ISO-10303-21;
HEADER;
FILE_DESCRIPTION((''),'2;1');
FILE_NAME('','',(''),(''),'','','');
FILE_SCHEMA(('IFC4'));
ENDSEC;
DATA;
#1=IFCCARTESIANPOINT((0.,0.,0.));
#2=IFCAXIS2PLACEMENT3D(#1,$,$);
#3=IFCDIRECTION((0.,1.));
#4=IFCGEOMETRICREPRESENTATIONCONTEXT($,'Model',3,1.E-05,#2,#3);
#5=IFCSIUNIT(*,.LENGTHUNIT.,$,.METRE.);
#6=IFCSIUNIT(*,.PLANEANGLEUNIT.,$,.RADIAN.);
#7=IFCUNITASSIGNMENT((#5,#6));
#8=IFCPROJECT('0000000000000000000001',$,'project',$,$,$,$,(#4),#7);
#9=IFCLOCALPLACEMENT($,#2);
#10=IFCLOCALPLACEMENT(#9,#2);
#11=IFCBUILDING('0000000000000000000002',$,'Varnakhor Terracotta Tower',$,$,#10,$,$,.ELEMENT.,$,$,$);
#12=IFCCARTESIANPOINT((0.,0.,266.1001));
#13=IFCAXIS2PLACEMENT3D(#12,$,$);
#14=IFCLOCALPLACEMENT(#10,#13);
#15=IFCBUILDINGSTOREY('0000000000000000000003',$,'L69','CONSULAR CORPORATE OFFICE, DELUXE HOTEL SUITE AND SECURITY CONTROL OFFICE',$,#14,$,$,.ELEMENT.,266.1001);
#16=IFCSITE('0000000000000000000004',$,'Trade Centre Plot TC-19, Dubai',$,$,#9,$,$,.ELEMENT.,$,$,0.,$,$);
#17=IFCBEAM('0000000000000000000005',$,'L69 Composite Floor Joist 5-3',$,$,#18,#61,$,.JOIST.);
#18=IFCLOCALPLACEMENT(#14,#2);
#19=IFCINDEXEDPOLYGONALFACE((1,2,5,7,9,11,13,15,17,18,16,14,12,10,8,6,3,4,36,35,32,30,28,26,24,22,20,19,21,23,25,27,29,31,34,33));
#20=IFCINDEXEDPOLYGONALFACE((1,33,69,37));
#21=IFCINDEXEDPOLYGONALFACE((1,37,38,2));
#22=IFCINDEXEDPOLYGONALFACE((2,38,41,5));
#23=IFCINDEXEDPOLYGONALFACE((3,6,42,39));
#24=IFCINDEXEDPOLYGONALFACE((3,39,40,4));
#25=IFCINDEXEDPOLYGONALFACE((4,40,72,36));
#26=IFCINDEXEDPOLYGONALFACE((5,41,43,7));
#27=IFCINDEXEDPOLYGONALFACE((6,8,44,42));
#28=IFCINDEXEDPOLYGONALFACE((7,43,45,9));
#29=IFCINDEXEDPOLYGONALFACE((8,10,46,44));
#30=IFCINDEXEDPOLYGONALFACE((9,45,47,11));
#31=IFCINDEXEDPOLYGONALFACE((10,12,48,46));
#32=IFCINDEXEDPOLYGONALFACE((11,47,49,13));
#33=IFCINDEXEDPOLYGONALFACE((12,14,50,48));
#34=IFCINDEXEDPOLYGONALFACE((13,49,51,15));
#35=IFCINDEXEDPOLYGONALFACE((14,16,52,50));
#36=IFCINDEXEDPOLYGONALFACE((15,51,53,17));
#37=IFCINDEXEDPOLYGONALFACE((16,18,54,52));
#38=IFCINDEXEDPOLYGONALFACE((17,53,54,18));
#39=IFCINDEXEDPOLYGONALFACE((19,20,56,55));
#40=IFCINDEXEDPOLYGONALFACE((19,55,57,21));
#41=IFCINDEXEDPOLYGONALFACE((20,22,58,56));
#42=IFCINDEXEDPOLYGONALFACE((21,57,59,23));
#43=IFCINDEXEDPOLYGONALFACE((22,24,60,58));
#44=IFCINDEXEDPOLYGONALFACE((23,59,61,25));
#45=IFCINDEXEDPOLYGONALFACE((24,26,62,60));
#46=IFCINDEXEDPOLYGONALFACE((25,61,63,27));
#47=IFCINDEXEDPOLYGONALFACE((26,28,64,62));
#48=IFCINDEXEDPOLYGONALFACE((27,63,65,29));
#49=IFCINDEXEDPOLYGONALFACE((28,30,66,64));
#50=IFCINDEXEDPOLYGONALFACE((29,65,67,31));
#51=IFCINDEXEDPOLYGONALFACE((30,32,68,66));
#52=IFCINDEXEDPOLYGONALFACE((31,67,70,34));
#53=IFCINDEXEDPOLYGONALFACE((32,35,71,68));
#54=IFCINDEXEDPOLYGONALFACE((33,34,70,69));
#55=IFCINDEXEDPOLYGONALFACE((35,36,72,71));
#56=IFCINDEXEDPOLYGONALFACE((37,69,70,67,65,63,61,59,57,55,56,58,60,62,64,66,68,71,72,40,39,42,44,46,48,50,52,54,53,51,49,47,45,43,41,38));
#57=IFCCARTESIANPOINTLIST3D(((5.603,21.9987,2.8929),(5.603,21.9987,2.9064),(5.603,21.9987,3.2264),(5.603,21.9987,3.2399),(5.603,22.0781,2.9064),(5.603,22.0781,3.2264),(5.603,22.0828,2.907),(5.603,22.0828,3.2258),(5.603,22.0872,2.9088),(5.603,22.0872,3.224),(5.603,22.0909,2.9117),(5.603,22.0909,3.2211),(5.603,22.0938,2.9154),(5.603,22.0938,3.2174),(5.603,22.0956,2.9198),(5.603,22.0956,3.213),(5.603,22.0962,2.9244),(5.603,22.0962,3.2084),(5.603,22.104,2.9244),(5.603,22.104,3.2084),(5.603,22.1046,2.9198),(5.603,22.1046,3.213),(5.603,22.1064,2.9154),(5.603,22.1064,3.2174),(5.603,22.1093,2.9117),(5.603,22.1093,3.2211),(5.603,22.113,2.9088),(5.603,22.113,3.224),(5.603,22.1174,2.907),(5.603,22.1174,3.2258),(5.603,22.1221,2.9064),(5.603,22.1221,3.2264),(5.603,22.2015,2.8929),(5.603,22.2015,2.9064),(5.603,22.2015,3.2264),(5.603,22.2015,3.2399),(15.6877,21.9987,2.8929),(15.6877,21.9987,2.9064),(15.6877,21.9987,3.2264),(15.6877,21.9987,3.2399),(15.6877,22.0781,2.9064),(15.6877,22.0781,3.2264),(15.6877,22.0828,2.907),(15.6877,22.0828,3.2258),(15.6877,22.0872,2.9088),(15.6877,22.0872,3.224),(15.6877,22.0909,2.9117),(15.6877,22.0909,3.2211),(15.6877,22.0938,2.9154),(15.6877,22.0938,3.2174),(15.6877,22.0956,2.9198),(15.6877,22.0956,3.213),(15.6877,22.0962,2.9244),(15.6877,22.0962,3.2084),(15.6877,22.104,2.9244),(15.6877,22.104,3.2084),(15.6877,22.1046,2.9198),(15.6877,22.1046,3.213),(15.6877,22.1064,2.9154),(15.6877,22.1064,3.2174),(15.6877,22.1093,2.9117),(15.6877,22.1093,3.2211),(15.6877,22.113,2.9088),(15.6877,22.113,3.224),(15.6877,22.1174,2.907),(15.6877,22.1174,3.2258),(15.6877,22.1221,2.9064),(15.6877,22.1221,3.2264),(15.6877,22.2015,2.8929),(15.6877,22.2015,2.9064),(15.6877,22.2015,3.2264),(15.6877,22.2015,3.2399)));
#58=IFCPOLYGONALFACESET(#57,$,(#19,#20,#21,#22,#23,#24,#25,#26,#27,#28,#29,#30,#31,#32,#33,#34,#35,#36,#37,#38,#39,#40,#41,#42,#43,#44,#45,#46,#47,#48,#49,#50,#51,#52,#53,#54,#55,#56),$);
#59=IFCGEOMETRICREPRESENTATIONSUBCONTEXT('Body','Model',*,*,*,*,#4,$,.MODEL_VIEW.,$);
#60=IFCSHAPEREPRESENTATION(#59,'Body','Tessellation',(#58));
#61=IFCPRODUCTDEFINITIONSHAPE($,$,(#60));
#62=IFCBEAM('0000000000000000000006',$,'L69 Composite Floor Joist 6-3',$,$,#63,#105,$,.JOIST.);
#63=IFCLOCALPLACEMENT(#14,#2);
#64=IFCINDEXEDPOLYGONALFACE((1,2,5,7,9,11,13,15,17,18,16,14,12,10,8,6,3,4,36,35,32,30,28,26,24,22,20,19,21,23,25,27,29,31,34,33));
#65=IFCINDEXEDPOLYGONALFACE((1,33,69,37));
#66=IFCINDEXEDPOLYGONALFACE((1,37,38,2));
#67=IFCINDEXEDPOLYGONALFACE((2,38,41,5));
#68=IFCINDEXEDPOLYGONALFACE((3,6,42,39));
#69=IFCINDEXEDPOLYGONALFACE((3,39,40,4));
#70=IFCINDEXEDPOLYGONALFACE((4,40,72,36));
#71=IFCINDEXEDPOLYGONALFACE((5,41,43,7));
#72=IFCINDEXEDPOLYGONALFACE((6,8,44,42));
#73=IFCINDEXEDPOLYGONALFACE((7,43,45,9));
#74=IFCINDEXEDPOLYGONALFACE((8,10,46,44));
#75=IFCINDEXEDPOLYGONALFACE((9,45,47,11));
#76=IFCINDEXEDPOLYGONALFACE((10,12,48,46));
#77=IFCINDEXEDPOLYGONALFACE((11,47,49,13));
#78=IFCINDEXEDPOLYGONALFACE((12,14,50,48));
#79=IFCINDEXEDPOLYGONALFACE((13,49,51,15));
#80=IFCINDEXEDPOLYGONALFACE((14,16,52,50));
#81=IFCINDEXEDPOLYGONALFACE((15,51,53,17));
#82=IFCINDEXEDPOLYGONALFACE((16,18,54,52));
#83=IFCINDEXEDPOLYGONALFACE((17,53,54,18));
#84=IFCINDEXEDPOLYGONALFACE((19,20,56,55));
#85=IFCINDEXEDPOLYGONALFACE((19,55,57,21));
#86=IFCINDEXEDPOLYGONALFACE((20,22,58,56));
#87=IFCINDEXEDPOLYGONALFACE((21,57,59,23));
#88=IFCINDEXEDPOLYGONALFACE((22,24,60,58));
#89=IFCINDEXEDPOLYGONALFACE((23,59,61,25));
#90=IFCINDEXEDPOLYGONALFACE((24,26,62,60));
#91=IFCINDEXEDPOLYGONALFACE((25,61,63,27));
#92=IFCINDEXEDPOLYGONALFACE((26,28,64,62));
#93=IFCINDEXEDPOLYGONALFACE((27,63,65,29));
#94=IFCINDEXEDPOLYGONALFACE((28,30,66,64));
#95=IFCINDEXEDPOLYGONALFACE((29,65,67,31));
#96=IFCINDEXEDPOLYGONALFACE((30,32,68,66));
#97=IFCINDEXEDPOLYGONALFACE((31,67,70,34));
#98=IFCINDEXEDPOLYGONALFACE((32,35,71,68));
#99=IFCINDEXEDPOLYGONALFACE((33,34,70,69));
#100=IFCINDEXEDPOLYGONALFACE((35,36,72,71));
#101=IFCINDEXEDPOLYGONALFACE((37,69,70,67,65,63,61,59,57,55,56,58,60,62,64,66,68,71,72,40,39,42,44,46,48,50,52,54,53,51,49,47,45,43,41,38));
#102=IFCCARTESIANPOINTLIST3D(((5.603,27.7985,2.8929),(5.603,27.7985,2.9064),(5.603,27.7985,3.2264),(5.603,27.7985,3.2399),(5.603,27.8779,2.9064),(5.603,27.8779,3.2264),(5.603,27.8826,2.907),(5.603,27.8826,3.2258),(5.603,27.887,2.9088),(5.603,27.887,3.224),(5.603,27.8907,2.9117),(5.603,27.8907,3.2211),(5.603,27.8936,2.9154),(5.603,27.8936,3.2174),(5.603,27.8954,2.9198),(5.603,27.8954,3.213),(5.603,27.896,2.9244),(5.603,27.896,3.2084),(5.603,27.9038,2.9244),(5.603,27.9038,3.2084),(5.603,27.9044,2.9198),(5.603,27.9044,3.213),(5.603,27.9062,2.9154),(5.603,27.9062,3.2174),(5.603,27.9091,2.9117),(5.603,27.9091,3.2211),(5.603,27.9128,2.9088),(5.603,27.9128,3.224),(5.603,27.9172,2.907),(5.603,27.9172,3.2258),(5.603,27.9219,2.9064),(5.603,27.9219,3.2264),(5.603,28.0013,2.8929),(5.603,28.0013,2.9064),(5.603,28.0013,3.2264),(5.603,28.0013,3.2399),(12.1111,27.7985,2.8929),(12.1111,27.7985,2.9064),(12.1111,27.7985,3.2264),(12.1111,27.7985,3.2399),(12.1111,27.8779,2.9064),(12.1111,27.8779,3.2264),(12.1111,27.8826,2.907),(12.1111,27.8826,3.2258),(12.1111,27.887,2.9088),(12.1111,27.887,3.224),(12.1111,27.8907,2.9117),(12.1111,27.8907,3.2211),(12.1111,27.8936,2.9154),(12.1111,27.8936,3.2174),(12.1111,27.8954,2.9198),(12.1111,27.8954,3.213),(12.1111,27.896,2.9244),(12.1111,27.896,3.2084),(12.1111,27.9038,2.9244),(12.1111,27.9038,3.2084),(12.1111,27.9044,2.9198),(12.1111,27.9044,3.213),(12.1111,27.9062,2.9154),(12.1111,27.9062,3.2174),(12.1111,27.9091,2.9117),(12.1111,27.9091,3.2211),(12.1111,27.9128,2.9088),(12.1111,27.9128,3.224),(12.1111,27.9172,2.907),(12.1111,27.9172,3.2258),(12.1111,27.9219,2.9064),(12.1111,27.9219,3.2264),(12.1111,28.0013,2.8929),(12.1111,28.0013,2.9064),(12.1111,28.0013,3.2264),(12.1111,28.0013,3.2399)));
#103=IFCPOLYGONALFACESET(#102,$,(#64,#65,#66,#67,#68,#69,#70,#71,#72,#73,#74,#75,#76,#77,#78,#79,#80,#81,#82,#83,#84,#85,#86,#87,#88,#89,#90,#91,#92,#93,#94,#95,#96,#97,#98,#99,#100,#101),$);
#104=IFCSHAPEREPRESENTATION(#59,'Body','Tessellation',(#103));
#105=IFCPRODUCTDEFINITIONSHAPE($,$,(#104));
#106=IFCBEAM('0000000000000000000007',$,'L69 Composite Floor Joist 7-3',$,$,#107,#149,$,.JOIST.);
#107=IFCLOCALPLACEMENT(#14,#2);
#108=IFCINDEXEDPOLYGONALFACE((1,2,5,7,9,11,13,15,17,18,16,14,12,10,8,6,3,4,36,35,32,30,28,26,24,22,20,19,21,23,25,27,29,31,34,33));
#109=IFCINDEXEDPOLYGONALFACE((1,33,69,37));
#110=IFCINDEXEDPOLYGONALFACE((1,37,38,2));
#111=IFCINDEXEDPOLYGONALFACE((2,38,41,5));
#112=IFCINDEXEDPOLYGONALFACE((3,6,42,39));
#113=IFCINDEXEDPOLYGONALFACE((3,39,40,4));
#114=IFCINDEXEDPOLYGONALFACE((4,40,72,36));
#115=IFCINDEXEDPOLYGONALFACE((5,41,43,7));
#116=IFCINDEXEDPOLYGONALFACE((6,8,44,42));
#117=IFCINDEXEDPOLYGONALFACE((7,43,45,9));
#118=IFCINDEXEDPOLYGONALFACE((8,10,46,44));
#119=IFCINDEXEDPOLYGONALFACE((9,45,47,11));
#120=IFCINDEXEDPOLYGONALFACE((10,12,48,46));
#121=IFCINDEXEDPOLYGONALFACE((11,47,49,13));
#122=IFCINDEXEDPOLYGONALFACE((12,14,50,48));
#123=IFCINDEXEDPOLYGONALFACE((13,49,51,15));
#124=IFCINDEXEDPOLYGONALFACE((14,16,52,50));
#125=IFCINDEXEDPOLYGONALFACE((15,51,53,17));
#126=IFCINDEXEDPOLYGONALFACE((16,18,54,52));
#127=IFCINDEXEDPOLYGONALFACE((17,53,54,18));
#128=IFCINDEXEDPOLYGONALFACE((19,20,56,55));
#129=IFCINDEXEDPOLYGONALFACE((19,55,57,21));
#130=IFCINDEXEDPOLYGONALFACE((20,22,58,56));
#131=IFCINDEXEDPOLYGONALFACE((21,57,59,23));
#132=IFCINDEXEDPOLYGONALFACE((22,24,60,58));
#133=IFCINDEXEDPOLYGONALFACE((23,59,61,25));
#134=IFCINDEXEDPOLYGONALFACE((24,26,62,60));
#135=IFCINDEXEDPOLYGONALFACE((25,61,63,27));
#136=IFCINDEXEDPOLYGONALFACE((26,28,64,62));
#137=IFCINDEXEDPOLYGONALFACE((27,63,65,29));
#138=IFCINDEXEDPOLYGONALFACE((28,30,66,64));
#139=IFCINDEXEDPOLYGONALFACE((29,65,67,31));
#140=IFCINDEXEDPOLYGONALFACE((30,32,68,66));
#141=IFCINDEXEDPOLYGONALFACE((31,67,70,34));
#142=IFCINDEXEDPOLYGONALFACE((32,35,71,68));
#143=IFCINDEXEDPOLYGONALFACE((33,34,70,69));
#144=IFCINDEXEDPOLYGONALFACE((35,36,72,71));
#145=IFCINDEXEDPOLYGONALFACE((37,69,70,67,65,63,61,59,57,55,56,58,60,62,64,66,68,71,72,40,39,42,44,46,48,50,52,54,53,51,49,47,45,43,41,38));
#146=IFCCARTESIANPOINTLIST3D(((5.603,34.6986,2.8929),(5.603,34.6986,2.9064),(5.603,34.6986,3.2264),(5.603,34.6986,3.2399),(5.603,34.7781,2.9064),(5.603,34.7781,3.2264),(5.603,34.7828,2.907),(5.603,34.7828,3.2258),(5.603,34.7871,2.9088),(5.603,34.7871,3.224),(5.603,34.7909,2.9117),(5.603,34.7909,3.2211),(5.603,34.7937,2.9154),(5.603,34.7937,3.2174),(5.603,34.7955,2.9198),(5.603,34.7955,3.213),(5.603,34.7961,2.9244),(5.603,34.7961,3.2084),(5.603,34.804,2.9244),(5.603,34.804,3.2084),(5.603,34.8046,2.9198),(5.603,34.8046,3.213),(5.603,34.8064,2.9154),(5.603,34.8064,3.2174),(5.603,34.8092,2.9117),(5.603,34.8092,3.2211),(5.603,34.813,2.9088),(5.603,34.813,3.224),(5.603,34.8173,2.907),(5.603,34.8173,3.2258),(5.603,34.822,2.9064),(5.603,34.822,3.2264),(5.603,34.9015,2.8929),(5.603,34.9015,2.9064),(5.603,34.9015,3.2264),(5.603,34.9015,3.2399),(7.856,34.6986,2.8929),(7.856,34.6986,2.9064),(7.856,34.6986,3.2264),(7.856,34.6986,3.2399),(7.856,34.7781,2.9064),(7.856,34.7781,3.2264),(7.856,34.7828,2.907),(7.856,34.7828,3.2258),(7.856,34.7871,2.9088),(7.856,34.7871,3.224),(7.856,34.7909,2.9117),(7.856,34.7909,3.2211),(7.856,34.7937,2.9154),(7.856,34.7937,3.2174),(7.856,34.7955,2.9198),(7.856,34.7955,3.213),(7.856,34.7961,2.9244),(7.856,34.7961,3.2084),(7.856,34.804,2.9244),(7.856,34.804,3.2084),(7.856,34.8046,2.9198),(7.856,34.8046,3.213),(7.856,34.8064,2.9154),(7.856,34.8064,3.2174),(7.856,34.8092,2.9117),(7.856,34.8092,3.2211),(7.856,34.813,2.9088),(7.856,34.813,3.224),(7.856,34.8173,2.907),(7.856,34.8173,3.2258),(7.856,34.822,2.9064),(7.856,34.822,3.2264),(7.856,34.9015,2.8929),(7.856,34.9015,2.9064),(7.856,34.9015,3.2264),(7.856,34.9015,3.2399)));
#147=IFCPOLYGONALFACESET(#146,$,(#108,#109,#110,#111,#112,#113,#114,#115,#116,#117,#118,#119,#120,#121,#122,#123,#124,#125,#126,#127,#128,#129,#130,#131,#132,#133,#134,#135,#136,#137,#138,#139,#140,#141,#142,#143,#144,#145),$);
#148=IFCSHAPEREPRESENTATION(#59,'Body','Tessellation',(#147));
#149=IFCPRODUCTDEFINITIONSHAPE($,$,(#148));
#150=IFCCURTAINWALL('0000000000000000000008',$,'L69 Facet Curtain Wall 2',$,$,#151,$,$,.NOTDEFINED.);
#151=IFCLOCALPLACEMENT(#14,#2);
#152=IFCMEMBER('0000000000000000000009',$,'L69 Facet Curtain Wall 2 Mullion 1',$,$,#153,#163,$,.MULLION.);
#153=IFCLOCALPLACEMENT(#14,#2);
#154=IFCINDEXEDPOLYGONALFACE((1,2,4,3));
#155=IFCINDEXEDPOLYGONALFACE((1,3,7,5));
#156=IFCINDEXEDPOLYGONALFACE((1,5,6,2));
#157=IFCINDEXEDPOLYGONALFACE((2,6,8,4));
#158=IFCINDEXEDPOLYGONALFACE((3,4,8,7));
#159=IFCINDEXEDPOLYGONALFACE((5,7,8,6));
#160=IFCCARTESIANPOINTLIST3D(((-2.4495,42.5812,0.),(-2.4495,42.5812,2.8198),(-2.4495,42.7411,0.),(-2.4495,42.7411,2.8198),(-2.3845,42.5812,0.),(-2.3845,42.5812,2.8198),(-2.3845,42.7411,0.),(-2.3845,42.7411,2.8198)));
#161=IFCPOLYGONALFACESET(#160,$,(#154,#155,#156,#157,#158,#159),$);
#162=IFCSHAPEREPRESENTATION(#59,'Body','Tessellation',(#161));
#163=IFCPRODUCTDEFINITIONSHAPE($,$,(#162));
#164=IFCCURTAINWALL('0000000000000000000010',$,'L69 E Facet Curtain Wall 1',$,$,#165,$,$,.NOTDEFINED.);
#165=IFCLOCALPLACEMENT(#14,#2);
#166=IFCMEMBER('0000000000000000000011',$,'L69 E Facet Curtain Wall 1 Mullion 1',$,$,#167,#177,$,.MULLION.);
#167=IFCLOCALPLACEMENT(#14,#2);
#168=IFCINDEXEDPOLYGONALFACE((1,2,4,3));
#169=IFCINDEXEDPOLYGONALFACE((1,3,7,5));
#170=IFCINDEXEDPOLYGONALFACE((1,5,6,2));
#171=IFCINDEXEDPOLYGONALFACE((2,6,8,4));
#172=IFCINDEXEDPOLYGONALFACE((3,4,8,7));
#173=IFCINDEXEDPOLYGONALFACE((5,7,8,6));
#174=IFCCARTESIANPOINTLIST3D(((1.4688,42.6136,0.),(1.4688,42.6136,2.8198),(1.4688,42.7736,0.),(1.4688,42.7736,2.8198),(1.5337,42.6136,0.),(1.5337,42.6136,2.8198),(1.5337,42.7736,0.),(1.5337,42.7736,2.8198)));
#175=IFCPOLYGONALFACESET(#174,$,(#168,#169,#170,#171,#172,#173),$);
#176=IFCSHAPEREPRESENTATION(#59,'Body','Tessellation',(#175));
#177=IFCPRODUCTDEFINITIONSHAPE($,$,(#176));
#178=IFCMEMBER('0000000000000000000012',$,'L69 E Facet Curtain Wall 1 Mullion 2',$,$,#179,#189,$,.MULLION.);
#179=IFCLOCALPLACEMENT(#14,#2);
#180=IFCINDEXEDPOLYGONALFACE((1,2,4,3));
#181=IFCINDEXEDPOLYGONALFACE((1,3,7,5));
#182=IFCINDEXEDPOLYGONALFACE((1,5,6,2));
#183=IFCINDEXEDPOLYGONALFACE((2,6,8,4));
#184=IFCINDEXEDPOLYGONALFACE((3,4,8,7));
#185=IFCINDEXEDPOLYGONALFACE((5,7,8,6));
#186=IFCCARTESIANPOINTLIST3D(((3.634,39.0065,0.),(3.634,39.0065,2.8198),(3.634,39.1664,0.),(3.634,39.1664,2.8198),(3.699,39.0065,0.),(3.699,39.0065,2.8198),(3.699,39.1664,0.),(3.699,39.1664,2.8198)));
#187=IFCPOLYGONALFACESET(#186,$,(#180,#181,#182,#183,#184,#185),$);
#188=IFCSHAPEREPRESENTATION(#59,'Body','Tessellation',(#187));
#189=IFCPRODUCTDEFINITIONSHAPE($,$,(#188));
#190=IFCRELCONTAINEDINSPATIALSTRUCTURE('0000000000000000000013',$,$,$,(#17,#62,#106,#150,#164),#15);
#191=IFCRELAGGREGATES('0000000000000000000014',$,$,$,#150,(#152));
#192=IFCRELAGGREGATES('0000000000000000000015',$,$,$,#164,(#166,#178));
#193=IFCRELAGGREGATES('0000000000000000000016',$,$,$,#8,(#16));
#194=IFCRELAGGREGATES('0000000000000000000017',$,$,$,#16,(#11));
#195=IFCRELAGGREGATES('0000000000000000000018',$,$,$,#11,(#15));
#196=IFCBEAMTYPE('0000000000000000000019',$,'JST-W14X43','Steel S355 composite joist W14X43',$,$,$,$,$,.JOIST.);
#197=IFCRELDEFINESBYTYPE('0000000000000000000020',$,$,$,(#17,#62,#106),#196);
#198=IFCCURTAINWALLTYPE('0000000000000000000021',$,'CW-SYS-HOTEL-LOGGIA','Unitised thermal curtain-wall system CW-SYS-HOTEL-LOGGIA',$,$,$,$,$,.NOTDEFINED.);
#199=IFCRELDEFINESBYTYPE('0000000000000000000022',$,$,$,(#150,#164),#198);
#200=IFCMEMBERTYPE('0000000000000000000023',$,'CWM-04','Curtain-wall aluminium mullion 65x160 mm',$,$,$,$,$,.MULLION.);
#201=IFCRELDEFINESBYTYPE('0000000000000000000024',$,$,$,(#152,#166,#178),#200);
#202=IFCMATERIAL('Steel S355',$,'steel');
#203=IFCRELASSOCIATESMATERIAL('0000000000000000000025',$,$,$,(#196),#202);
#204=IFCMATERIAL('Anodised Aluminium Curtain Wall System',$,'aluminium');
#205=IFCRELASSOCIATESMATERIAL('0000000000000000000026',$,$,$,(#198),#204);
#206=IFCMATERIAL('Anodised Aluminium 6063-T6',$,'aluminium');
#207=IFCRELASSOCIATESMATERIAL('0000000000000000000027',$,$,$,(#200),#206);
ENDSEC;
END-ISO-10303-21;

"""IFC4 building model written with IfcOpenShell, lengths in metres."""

from ifc_helpers import new_model, si_unit, direction, frame, origin, origin_2d, place, context, subcontext, project, spatial, rectangle, i_section, extrude, source, transform, mapped, material, material_profile, profile_set, type_object, element, aggregate, save


model = new_model("IFC4")

# Units and contexts
model_context = context("Model", 3, precision=1e-05, world=origin(), true_north=direction((0.0, 1.0)))
body_context = subcontext(model_context, "Body", "Model", "MODEL_VIEW")
ifc_project = project(units=[si_unit("LENGTHUNIT", "METRE"), si_unit("PLANEANGLEUNIT", "RADIAN")], contexts=[model_context])

# Site, building, storey
site_placement = place(None, origin())
site = spatial("IfcSite", under=ifc_project, at=site_placement, Name="Trade Centre Plot TC-19, Dubai", CompositionType="ELEMENT", RefElevation=0.0)
building_placement = place(site_placement, origin())
building = spatial("IfcBuilding", under=site, at=building_placement, Name="Varnakhor Terracotta Tower", CompositionType="ELEMENT")
storey_placement = place(building_placement, frame((0.0, 0.0, 266.1001)))
storey = spatial("IfcBuildingStorey", under=building, at=storey_placement, Name="L69", Description="CONSULAR CORPORATE OFFICE, DELUXE HOTEL SUITE AND SECURITY CONTROL OFFICE", CompositionType="ELEMENT", Elevation=266.1001)

# Shared definitions
ifc_material_1 = material(Name="Steel S355", Category="steel")

# Beams
ifc_material_profile_1 = material_profile(ifc_material_1, i_section(OverallWidth=0.2029, OverallDepth=0.3469, WebThickness=0.0078, FlangeThickness=0.0134, FilletRadius=0.0181, at=origin_2d()), Name="W14X43")
ifc_profile_set_1 = profile_set([ifc_material_profile_1], Name="Steel S355")
beam_type_1 = type_object("IfcBeamType", Name="JST-W14X43", Description="Steel S355 composite joist W14X43", PredefinedType="JOIST", material=ifc_profile_set_1)
shared_shape_1 = source(origin(), body_context, "Body", "SweptSolid", [
    extrude(i_section(OverallWidth=0.2029, OverallDepth=0.3469, WebThickness=0.0078, FlangeThickness=0.0134, FilletRadius=0.0181, at=origin_2d()), origin(), (0.0, 0.0, 1.0), 10.0847),
])
beam_1_placement = place(storey_placement, frame((5.603, 22.1001, 3.0664), z_axis=(1.0, 0.0, 0.0), x_axis=(0.0, 1.0, 0.0)))
element("IfcBeam", 1, at=beam_1_placement, inside=storey, type_object=beam_type_1, Name="L69 Composite Floor Joist 5-3", PredefinedType="JOIST", context=body_context, shape_type="MappedRepresentation", body=[
    mapped(shared_shape_1, transform((0.0, 0.0, 0.0), scale=1.0)),
])
shared_shape_2 = source(origin(), body_context, "Body", "SweptSolid", [
    extrude(i_section(OverallWidth=0.2029, OverallDepth=0.3469, WebThickness=0.0078, FlangeThickness=0.0134, FilletRadius=0.0181, at=origin_2d()), origin(), (0.0, 0.0, 1.0), 6.5081),
])
beam_2_placement = place(storey_placement, frame((5.603, 27.8999, 3.0664), z_axis=(1.0, 0.0, 0.0), x_axis=(0.0, 1.0, 0.0)))
element("IfcBeam", 2, at=beam_2_placement, inside=storey, type_object=beam_type_1, Name="L69 Composite Floor Joist 6-3", PredefinedType="JOIST", context=body_context, shape_type="MappedRepresentation", body=[
    mapped(shared_shape_2, transform((0.0, 0.0, 0.0), scale=1.0)),
])
shared_shape_3 = source(origin(), body_context, "Body", "SweptSolid", [
    extrude(i_section(OverallWidth=0.2029, OverallDepth=0.3469, WebThickness=0.0078, FlangeThickness=0.0134, FilletRadius=0.0181, at=origin_2d()), origin(), (0.0, 0.0, 1.0), 2.2529),
])
beam_3_placement = place(storey_placement, frame((5.603, 34.8, 3.0664), z_axis=(1.0, 0.0, 0.0), x_axis=(0.0, 1.0, 0.0)))
element("IfcBeam", 3, at=beam_3_placement, inside=storey, type_object=beam_type_1, Name="L69 Composite Floor Joist 7-3", PredefinedType="JOIST", context=body_context, shape_type="MappedRepresentation", body=[
    mapped(shared_shape_3, transform((0.0, 0.0, 0.0), scale=1.0)),
])

# Curtain wall, member
ifc_material_2 = material(Name="Anodised Aluminium Curtain Wall System", Category="aluminium")
curtain_wall_type = type_object("IfcCurtainWallType", Name="CW-SYS-HOTEL-LOGGIA", Description="Unitised thermal curtain-wall system CW-SYS-HOTEL-LOGGIA", PredefinedType="NOTDEFINED", material=ifc_material_2)
curtain_wall_1_placement = place(storey_placement, origin())
curtain_wall_1 = element("IfcCurtainWall", 4, at=curtain_wall_1_placement, inside=storey, type_object=curtain_wall_type, Name="L69 Facet Curtain Wall 2", PredefinedType="NOTDEFINED")
ifc_material_3 = material(Name="Anodised Aluminium 6063-T6", Category="aluminium")
ifc_material_profile_2 = material_profile(ifc_material_3, rectangle(XDim=0.0649, YDim=0.1599, at=origin_2d()), Name="ALU MULLION 65x160")
ifc_profile_set_2 = profile_set([ifc_material_profile_2], Name="Anodised Aluminium 6063-T6")
member_type_1 = type_object("IfcMemberType", Name="CWM-04", Description="Curtain-wall aluminium mullion 65x160 mm", PredefinedType="MULLION", material=ifc_profile_set_2)
shared_shape_4 = source(origin(), body_context, "Body", "SweptSolid", [
    extrude(rectangle(XDim=0.0649, YDim=0.1599, at=origin_2d()), origin(), (0.0, 0.0, 1.0), 2.8198),
])
member_1_placement = place(storey_placement, frame((-2.417, 42.6611, 0.0), z_axis=(0.0, 0.0, 1.0), x_axis=(1.0, 0.0, 0.0)))
member_1 = element("IfcMember", 5, at=member_1_placement, type_object=member_type_1, Name="L69 Facet Curtain Wall 2 Mullion 1", PredefinedType="MULLION", context=body_context, shape_type="MappedRepresentation", body=[
    mapped(shared_shape_4, transform((0.0, 0.0, 0.0), scale=1.0)),
])

# Curtain wall, members
curtain_wall_2_placement = place(storey_placement, origin())
curtain_wall_2 = element("IfcCurtainWall", 6, at=curtain_wall_2_placement, inside=storey, type_object=curtain_wall_type, Name="L69 E Facet Curtain Wall 1", PredefinedType="NOTDEFINED")
member_2_placement = place(storey_placement, frame((1.5012, 42.6936, 0.0), z_axis=(0.0, 0.0, 1.0), x_axis=(1.0, 0.0, 0.0)))
member_2 = element("IfcMember", 7, at=member_2_placement, type_object=member_type_1, Name="L69 E Facet Curtain Wall 1 Mullion 1", PredefinedType="MULLION", context=body_context, shape_type="MappedRepresentation", body=[
    mapped(shared_shape_4, transform((0.0, 0.0, 0.0), scale=1.0)),
])
member_3_placement = place(storey_placement, frame((3.6665, 39.0864, 0.0), z_axis=(0.0, 0.0, 1.0), x_axis=(1.0, 0.0, 0.0)))
member_3 = element("IfcMember", 8, at=member_3_placement, type_object=member_type_1, Name="L69 E Facet Curtain Wall 1 Mullion 2", PredefinedType="MULLION", context=body_context, shape_type="MappedRepresentation", body=[
    mapped(shared_shape_4, transform((0.0, 0.0, 0.0), scale=1.0)),
])

aggregate(curtain_wall_1, [member_1])
aggregate(curtain_wall_2, [member_2, member_3])

save(model, "model.ifc")
